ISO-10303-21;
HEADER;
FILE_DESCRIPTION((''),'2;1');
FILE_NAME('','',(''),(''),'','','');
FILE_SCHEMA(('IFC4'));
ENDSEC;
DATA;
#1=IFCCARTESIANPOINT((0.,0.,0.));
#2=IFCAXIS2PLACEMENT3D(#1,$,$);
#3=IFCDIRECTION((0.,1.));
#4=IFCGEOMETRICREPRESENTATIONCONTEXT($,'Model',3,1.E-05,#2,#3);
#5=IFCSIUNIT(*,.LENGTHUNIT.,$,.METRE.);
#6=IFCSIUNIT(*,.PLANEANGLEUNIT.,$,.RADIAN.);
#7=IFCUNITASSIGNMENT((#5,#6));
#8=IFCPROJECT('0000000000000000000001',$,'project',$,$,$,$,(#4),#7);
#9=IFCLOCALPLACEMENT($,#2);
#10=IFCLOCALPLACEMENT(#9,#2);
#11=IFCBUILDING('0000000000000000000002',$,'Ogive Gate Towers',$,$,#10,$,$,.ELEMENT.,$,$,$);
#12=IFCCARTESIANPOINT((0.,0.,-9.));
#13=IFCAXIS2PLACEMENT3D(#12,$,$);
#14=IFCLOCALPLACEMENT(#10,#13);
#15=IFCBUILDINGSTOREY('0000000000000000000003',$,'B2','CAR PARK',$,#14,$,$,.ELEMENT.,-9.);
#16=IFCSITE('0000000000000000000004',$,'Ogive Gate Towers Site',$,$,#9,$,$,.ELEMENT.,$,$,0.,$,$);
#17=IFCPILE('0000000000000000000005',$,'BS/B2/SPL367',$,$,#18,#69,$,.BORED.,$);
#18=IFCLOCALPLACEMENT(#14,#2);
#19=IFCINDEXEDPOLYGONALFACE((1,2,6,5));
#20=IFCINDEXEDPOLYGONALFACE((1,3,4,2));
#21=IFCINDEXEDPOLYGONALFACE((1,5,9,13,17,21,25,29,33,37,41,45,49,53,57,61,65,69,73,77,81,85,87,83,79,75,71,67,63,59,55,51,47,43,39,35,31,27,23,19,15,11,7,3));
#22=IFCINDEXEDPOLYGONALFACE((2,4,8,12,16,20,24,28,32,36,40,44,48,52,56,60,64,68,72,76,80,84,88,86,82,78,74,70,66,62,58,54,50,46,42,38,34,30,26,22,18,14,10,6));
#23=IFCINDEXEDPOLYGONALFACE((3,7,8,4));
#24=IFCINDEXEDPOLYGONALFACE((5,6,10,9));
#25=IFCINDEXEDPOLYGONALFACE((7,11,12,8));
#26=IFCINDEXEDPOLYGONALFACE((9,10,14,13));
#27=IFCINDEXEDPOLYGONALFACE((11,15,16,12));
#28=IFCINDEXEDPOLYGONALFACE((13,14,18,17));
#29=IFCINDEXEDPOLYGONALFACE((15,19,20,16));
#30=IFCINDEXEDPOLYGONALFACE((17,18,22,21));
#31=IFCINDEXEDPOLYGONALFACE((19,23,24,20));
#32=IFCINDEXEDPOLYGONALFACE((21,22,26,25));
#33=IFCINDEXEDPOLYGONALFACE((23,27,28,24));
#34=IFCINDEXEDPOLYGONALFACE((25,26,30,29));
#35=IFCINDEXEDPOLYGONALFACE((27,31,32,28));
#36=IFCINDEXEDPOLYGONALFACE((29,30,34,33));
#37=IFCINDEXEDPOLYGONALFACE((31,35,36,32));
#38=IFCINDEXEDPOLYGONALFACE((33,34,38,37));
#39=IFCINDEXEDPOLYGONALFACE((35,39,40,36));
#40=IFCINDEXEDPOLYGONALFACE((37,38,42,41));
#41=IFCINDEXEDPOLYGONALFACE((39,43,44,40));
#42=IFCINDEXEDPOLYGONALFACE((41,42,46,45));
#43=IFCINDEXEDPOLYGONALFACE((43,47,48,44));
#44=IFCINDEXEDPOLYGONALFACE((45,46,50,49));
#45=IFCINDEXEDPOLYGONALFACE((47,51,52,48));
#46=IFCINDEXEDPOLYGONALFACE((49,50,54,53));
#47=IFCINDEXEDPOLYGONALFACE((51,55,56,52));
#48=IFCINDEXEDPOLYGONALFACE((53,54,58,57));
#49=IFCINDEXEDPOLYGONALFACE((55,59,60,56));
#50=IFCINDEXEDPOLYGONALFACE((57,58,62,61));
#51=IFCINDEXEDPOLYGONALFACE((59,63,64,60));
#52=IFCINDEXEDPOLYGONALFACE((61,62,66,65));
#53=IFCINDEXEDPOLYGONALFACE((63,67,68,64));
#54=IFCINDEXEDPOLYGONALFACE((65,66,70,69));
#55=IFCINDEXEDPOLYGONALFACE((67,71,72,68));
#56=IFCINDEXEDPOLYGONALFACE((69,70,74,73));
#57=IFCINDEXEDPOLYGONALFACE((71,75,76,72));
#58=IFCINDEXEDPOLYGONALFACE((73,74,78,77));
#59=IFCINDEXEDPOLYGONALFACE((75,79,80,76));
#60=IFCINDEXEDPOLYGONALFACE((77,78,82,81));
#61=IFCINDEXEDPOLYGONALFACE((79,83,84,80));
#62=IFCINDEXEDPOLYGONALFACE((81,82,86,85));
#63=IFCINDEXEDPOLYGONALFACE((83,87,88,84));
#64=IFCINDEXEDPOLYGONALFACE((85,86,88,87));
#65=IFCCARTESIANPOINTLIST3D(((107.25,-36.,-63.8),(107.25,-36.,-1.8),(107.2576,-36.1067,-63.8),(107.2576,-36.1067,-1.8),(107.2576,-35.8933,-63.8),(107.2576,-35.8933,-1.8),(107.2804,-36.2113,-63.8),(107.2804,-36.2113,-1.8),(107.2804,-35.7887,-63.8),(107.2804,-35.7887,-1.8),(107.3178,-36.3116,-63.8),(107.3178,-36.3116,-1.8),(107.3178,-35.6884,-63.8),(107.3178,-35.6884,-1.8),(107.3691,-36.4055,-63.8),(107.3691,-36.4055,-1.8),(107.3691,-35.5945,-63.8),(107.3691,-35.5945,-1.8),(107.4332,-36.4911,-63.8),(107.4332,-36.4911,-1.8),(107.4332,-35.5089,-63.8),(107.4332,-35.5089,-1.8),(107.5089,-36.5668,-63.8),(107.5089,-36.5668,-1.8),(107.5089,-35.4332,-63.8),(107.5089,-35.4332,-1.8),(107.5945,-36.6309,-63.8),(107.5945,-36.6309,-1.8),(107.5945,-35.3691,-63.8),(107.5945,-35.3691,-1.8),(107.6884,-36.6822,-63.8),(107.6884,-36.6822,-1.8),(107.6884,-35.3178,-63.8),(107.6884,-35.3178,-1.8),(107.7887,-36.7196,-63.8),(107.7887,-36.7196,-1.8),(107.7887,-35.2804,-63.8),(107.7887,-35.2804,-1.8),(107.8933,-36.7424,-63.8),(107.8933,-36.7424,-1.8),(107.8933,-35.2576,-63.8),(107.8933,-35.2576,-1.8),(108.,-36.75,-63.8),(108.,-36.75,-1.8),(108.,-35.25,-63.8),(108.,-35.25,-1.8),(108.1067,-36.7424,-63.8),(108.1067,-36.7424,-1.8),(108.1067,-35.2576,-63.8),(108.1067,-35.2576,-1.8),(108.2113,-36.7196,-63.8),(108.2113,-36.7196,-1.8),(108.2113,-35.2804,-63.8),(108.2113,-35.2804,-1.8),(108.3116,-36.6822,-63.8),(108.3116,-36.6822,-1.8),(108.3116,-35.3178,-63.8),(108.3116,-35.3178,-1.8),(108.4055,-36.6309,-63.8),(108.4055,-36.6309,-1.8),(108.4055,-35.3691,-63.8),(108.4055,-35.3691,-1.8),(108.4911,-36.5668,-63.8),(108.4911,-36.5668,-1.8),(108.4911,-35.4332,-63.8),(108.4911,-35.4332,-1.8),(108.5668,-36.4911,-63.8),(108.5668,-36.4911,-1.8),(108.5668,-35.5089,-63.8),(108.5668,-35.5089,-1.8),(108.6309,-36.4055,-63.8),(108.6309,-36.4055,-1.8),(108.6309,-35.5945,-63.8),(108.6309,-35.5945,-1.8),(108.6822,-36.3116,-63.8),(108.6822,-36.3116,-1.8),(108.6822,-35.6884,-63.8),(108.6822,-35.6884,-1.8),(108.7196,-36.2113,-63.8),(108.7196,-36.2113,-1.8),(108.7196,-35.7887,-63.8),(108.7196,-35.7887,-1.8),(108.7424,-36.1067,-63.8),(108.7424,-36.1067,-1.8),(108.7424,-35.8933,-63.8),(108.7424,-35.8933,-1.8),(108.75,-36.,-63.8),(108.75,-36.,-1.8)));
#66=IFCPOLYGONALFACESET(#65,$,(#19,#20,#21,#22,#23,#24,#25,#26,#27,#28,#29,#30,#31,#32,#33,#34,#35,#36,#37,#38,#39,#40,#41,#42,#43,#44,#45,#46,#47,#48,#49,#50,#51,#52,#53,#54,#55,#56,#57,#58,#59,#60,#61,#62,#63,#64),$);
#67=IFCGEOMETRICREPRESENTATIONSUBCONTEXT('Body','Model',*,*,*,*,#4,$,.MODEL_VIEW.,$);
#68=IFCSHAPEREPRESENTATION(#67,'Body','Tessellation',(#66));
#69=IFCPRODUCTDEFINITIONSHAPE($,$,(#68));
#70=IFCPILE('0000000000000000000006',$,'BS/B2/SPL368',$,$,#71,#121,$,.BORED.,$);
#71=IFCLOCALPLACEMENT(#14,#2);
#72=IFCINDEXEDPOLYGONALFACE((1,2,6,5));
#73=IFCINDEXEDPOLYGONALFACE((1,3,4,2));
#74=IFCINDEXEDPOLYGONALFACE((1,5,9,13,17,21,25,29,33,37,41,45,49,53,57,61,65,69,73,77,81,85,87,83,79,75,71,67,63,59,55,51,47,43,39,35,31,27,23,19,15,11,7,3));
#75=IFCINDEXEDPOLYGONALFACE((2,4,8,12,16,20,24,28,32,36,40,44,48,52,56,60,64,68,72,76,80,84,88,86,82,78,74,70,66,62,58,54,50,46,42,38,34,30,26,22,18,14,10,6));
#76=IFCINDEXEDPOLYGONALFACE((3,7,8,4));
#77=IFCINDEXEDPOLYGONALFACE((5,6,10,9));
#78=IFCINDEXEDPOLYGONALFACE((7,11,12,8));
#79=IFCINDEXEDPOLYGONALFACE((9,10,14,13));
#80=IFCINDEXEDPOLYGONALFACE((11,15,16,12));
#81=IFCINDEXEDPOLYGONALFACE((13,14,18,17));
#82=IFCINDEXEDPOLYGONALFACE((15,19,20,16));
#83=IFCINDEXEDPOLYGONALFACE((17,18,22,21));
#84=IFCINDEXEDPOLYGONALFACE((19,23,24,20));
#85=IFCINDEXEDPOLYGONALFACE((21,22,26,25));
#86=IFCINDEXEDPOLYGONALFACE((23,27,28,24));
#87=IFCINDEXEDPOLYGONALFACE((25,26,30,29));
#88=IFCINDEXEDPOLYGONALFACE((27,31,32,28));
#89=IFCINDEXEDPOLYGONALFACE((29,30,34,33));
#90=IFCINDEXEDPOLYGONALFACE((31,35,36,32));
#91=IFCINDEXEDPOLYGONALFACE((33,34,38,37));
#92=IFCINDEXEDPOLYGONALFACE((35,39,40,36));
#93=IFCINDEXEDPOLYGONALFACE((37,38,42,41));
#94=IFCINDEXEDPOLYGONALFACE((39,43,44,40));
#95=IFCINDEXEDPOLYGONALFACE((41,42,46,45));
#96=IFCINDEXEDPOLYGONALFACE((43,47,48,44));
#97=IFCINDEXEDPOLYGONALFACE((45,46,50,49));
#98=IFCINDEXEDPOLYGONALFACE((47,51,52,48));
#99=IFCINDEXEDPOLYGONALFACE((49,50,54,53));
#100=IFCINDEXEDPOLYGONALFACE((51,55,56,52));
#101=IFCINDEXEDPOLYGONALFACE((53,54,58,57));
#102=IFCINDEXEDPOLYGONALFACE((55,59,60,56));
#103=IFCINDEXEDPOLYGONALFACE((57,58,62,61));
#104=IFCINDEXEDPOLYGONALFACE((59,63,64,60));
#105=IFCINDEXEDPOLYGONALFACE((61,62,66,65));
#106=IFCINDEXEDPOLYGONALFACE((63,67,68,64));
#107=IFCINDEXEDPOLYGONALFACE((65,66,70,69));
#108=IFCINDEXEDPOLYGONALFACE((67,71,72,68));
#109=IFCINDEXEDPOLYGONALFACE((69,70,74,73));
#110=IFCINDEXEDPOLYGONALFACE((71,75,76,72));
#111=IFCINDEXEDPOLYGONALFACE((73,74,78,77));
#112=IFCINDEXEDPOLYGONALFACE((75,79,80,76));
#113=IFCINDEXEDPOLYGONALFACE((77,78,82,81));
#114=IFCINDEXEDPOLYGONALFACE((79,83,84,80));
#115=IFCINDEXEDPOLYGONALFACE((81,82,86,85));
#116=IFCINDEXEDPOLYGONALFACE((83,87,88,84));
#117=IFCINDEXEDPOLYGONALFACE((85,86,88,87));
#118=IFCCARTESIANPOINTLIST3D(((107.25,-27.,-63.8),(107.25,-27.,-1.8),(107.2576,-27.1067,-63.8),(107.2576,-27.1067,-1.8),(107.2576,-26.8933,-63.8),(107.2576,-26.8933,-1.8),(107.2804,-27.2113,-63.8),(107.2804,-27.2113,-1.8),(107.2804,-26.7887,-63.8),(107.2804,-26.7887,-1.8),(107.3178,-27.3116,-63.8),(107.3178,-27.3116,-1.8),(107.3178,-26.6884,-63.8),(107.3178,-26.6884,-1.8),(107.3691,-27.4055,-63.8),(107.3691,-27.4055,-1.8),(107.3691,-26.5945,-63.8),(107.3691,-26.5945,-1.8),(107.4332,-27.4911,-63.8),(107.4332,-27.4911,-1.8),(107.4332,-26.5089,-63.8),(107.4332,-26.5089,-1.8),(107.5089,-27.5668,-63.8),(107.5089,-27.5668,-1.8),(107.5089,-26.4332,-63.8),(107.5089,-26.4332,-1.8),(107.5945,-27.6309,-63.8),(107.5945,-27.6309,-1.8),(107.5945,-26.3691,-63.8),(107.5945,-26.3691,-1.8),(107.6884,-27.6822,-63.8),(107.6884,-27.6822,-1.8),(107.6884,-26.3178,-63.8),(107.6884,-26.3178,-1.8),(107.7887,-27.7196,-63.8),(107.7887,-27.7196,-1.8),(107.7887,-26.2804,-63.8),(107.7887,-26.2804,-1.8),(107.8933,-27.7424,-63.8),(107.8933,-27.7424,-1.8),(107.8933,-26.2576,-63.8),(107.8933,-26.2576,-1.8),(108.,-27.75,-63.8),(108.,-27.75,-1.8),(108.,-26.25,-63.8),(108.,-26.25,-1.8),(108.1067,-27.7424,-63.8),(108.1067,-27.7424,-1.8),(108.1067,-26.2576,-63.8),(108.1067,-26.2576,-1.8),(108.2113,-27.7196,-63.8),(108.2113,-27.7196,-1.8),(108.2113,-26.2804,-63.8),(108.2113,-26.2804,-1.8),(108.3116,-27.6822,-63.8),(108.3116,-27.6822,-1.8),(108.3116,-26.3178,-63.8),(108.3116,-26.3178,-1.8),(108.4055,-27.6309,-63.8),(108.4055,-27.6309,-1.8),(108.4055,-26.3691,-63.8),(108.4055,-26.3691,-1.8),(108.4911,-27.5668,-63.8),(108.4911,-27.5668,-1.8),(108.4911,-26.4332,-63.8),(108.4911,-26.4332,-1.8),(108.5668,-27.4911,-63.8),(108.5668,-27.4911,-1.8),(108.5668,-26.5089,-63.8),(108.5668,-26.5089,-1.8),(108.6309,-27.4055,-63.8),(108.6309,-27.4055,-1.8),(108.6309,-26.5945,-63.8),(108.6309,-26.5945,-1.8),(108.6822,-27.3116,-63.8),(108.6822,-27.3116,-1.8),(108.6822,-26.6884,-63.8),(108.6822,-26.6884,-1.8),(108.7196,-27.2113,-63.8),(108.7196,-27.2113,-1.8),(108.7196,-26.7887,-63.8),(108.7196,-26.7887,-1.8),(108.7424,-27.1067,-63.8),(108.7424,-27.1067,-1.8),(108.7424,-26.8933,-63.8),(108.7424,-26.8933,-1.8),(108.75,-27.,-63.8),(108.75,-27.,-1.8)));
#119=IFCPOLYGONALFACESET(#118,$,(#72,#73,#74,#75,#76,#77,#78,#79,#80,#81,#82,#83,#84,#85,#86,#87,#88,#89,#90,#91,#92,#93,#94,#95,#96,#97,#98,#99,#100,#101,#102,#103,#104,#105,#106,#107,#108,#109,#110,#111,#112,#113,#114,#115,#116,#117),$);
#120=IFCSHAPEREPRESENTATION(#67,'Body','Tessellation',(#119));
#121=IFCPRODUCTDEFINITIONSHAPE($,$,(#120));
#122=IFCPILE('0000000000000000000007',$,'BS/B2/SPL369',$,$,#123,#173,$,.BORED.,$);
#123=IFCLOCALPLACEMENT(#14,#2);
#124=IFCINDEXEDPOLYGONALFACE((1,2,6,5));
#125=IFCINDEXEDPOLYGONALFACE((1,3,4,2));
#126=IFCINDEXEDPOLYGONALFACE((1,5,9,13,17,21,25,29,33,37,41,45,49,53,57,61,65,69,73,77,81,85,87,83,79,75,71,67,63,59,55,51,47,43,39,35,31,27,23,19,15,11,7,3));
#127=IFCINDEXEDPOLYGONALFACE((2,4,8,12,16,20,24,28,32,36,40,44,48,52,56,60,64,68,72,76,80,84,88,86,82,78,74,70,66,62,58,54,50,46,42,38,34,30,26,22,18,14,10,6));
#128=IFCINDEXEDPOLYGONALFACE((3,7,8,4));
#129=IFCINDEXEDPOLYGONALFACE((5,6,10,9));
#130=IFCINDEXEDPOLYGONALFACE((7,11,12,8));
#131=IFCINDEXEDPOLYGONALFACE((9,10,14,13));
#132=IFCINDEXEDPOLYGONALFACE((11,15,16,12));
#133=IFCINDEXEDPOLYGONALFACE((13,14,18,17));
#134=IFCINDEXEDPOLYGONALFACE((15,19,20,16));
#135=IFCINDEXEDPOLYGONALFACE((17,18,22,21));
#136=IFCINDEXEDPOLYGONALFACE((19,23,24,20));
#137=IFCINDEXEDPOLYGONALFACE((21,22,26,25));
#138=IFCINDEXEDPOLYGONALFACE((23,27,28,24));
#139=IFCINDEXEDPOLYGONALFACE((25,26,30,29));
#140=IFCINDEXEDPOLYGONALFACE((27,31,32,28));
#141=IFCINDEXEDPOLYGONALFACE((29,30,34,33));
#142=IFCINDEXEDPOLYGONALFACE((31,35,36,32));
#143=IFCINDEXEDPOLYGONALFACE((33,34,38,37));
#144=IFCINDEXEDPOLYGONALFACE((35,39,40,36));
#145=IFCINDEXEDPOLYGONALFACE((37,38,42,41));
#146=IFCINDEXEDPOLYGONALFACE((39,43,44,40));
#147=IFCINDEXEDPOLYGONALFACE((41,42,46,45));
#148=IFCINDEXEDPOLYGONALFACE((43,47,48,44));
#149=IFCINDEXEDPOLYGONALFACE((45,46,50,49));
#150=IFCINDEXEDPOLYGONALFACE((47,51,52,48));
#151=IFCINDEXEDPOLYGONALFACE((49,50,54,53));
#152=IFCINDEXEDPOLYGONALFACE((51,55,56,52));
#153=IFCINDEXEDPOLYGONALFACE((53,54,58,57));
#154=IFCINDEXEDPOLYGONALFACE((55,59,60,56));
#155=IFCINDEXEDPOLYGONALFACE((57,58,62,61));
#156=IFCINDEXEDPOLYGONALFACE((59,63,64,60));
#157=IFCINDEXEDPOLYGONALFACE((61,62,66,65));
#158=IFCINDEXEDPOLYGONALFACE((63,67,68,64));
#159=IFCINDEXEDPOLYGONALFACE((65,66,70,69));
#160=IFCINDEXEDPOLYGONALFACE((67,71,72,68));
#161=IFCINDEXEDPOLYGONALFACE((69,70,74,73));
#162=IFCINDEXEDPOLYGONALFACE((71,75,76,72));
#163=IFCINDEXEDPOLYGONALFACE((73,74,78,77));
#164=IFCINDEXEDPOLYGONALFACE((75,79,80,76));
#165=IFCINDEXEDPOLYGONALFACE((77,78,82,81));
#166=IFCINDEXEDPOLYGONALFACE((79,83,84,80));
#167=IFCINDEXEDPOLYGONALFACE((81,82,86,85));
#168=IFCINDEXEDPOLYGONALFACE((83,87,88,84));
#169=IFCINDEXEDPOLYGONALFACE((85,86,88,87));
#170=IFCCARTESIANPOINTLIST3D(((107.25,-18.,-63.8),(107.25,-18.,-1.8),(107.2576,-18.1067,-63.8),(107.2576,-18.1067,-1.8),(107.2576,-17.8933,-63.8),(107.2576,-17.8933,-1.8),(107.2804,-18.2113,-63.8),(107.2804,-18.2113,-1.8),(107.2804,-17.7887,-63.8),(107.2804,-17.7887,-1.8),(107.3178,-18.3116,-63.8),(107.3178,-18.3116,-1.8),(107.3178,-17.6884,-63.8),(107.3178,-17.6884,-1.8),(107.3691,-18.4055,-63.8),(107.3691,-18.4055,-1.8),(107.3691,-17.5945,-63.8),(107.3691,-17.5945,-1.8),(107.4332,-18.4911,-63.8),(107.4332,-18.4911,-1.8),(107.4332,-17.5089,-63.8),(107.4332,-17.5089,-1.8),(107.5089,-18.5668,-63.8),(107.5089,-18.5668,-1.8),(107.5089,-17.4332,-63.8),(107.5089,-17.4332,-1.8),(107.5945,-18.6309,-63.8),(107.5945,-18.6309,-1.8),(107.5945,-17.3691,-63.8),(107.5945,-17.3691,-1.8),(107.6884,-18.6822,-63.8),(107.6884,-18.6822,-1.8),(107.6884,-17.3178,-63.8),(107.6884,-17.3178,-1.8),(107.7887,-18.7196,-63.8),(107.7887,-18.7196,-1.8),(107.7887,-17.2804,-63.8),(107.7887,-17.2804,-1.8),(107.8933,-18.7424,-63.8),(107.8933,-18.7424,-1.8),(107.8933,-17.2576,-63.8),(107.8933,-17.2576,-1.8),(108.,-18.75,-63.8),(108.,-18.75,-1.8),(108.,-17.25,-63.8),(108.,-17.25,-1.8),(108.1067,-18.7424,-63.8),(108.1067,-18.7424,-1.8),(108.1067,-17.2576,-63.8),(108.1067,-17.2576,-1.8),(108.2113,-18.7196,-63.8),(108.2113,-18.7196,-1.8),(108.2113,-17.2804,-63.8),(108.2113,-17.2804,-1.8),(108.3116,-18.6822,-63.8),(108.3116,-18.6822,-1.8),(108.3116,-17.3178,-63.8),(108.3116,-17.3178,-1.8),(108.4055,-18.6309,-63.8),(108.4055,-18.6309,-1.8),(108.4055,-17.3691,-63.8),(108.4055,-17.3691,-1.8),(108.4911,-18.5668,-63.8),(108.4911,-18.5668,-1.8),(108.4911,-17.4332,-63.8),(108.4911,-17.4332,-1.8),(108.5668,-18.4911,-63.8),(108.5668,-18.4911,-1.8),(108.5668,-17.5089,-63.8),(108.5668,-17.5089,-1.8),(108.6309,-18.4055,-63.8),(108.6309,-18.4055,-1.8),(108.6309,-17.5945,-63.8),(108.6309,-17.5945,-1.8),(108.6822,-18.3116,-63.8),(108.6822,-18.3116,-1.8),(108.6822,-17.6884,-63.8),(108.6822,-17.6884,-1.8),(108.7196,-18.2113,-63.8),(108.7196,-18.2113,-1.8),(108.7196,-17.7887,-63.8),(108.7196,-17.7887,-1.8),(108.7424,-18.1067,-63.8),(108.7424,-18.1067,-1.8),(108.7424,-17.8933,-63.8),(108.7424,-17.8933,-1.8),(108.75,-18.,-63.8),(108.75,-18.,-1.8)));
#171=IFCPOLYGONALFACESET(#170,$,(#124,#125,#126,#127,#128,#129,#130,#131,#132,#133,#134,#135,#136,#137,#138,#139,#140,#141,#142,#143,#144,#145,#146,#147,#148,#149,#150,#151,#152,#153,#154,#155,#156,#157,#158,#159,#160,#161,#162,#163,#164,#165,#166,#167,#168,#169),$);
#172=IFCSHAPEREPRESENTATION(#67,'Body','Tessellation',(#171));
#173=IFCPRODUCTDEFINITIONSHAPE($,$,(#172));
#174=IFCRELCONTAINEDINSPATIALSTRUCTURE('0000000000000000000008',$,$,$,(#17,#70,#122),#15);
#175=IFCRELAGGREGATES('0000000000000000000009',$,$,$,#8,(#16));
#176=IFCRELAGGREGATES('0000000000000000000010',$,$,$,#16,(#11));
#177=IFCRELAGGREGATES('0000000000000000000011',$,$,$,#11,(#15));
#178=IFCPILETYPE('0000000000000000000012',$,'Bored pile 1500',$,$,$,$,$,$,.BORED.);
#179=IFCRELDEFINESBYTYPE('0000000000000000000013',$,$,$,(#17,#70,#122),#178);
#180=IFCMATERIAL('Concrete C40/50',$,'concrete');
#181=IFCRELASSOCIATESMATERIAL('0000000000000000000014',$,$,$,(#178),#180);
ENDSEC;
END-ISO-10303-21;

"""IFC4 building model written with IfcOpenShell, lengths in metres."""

from ifc_helpers import new_model, si_unit, direction, frame, origin, origin_2d, place, context, subcontext, project, spatial, circle, extrude, material, material_profile, profile_set, type_object, element, save


model = new_model("IFC4")

# Units and contexts
model_context = context("Model", 3, precision=1e-05, world=origin(), true_north=direction((0.0, 1.0)))
body_context = subcontext(model_context, "Body", "Model", "MODEL_VIEW")
ifc_project = project(units=[si_unit("LENGTHUNIT", "METRE"), si_unit("PLANEANGLEUNIT", "RADIAN")], contexts=[model_context])

# Site, building, storey
site_placement = place(None, origin())
site = spatial("IfcSite", under=ifc_project, at=site_placement, Name="Ogive Gate Towers Site", CompositionType="ELEMENT", RefElevation=0.0)
building_placement = place(site_placement, origin())
building = spatial("IfcBuilding", under=site, at=building_placement, Name="Ogive Gate Towers", CompositionType="ELEMENT")
storey_placement = place(building_placement, frame((0.0, 0.0, -9.0)))
storey = spatial("IfcBuildingStorey", under=building, at=storey_placement, Name="B2", Description="CAR PARK", CompositionType="ELEMENT", Elevation=-9.0)

# Piles
ifc_material_1 = material(Name="Concrete C40/50", Category="concrete")
ifc_material_profile_1 = material_profile(ifc_material_1, circle(Radius=0.75, at=origin_2d()), Name="BP 1500")
ifc_profile_set_1 = profile_set([ifc_material_profile_1], Name="Concrete C40/50")
pile_type = type_object("IfcPileType", Name="Bored pile 1500", PredefinedType="BORED", material=ifc_profile_set_1)
for number, where, z_axis, x_axis, name in (
    (1, (108.0, -36.0, -1.8), (0.0, 0.0, -1.0), (1.0, 0.0, 0.0), "BS/B2/SPL367"),
    (2, (108.0, -27.0, -1.8), (0.0, 0.0, -1.0), (1.0, 0.0, 0.0), "BS/B2/SPL368"),
    (3, (108.0, -18.0, -1.8), (0.0, 0.0, -1.0), (1.0, 0.0, 0.0), "BS/B2/SPL369"),
):
    element("IfcPile", number, at=place(storey_placement, frame(where, z_axis=z_axis, x_axis=x_axis)), inside=storey, type_object=pile_type, Name=name, PredefinedType="BORED", context=body_context, shape_type="SweptSolid", body=[
        extrude(circle(Radius=0.75, at=origin_2d()), origin(), (0.0, 0.0, 1.0), 62.0),
    ])

save(model, "model.ifc")
